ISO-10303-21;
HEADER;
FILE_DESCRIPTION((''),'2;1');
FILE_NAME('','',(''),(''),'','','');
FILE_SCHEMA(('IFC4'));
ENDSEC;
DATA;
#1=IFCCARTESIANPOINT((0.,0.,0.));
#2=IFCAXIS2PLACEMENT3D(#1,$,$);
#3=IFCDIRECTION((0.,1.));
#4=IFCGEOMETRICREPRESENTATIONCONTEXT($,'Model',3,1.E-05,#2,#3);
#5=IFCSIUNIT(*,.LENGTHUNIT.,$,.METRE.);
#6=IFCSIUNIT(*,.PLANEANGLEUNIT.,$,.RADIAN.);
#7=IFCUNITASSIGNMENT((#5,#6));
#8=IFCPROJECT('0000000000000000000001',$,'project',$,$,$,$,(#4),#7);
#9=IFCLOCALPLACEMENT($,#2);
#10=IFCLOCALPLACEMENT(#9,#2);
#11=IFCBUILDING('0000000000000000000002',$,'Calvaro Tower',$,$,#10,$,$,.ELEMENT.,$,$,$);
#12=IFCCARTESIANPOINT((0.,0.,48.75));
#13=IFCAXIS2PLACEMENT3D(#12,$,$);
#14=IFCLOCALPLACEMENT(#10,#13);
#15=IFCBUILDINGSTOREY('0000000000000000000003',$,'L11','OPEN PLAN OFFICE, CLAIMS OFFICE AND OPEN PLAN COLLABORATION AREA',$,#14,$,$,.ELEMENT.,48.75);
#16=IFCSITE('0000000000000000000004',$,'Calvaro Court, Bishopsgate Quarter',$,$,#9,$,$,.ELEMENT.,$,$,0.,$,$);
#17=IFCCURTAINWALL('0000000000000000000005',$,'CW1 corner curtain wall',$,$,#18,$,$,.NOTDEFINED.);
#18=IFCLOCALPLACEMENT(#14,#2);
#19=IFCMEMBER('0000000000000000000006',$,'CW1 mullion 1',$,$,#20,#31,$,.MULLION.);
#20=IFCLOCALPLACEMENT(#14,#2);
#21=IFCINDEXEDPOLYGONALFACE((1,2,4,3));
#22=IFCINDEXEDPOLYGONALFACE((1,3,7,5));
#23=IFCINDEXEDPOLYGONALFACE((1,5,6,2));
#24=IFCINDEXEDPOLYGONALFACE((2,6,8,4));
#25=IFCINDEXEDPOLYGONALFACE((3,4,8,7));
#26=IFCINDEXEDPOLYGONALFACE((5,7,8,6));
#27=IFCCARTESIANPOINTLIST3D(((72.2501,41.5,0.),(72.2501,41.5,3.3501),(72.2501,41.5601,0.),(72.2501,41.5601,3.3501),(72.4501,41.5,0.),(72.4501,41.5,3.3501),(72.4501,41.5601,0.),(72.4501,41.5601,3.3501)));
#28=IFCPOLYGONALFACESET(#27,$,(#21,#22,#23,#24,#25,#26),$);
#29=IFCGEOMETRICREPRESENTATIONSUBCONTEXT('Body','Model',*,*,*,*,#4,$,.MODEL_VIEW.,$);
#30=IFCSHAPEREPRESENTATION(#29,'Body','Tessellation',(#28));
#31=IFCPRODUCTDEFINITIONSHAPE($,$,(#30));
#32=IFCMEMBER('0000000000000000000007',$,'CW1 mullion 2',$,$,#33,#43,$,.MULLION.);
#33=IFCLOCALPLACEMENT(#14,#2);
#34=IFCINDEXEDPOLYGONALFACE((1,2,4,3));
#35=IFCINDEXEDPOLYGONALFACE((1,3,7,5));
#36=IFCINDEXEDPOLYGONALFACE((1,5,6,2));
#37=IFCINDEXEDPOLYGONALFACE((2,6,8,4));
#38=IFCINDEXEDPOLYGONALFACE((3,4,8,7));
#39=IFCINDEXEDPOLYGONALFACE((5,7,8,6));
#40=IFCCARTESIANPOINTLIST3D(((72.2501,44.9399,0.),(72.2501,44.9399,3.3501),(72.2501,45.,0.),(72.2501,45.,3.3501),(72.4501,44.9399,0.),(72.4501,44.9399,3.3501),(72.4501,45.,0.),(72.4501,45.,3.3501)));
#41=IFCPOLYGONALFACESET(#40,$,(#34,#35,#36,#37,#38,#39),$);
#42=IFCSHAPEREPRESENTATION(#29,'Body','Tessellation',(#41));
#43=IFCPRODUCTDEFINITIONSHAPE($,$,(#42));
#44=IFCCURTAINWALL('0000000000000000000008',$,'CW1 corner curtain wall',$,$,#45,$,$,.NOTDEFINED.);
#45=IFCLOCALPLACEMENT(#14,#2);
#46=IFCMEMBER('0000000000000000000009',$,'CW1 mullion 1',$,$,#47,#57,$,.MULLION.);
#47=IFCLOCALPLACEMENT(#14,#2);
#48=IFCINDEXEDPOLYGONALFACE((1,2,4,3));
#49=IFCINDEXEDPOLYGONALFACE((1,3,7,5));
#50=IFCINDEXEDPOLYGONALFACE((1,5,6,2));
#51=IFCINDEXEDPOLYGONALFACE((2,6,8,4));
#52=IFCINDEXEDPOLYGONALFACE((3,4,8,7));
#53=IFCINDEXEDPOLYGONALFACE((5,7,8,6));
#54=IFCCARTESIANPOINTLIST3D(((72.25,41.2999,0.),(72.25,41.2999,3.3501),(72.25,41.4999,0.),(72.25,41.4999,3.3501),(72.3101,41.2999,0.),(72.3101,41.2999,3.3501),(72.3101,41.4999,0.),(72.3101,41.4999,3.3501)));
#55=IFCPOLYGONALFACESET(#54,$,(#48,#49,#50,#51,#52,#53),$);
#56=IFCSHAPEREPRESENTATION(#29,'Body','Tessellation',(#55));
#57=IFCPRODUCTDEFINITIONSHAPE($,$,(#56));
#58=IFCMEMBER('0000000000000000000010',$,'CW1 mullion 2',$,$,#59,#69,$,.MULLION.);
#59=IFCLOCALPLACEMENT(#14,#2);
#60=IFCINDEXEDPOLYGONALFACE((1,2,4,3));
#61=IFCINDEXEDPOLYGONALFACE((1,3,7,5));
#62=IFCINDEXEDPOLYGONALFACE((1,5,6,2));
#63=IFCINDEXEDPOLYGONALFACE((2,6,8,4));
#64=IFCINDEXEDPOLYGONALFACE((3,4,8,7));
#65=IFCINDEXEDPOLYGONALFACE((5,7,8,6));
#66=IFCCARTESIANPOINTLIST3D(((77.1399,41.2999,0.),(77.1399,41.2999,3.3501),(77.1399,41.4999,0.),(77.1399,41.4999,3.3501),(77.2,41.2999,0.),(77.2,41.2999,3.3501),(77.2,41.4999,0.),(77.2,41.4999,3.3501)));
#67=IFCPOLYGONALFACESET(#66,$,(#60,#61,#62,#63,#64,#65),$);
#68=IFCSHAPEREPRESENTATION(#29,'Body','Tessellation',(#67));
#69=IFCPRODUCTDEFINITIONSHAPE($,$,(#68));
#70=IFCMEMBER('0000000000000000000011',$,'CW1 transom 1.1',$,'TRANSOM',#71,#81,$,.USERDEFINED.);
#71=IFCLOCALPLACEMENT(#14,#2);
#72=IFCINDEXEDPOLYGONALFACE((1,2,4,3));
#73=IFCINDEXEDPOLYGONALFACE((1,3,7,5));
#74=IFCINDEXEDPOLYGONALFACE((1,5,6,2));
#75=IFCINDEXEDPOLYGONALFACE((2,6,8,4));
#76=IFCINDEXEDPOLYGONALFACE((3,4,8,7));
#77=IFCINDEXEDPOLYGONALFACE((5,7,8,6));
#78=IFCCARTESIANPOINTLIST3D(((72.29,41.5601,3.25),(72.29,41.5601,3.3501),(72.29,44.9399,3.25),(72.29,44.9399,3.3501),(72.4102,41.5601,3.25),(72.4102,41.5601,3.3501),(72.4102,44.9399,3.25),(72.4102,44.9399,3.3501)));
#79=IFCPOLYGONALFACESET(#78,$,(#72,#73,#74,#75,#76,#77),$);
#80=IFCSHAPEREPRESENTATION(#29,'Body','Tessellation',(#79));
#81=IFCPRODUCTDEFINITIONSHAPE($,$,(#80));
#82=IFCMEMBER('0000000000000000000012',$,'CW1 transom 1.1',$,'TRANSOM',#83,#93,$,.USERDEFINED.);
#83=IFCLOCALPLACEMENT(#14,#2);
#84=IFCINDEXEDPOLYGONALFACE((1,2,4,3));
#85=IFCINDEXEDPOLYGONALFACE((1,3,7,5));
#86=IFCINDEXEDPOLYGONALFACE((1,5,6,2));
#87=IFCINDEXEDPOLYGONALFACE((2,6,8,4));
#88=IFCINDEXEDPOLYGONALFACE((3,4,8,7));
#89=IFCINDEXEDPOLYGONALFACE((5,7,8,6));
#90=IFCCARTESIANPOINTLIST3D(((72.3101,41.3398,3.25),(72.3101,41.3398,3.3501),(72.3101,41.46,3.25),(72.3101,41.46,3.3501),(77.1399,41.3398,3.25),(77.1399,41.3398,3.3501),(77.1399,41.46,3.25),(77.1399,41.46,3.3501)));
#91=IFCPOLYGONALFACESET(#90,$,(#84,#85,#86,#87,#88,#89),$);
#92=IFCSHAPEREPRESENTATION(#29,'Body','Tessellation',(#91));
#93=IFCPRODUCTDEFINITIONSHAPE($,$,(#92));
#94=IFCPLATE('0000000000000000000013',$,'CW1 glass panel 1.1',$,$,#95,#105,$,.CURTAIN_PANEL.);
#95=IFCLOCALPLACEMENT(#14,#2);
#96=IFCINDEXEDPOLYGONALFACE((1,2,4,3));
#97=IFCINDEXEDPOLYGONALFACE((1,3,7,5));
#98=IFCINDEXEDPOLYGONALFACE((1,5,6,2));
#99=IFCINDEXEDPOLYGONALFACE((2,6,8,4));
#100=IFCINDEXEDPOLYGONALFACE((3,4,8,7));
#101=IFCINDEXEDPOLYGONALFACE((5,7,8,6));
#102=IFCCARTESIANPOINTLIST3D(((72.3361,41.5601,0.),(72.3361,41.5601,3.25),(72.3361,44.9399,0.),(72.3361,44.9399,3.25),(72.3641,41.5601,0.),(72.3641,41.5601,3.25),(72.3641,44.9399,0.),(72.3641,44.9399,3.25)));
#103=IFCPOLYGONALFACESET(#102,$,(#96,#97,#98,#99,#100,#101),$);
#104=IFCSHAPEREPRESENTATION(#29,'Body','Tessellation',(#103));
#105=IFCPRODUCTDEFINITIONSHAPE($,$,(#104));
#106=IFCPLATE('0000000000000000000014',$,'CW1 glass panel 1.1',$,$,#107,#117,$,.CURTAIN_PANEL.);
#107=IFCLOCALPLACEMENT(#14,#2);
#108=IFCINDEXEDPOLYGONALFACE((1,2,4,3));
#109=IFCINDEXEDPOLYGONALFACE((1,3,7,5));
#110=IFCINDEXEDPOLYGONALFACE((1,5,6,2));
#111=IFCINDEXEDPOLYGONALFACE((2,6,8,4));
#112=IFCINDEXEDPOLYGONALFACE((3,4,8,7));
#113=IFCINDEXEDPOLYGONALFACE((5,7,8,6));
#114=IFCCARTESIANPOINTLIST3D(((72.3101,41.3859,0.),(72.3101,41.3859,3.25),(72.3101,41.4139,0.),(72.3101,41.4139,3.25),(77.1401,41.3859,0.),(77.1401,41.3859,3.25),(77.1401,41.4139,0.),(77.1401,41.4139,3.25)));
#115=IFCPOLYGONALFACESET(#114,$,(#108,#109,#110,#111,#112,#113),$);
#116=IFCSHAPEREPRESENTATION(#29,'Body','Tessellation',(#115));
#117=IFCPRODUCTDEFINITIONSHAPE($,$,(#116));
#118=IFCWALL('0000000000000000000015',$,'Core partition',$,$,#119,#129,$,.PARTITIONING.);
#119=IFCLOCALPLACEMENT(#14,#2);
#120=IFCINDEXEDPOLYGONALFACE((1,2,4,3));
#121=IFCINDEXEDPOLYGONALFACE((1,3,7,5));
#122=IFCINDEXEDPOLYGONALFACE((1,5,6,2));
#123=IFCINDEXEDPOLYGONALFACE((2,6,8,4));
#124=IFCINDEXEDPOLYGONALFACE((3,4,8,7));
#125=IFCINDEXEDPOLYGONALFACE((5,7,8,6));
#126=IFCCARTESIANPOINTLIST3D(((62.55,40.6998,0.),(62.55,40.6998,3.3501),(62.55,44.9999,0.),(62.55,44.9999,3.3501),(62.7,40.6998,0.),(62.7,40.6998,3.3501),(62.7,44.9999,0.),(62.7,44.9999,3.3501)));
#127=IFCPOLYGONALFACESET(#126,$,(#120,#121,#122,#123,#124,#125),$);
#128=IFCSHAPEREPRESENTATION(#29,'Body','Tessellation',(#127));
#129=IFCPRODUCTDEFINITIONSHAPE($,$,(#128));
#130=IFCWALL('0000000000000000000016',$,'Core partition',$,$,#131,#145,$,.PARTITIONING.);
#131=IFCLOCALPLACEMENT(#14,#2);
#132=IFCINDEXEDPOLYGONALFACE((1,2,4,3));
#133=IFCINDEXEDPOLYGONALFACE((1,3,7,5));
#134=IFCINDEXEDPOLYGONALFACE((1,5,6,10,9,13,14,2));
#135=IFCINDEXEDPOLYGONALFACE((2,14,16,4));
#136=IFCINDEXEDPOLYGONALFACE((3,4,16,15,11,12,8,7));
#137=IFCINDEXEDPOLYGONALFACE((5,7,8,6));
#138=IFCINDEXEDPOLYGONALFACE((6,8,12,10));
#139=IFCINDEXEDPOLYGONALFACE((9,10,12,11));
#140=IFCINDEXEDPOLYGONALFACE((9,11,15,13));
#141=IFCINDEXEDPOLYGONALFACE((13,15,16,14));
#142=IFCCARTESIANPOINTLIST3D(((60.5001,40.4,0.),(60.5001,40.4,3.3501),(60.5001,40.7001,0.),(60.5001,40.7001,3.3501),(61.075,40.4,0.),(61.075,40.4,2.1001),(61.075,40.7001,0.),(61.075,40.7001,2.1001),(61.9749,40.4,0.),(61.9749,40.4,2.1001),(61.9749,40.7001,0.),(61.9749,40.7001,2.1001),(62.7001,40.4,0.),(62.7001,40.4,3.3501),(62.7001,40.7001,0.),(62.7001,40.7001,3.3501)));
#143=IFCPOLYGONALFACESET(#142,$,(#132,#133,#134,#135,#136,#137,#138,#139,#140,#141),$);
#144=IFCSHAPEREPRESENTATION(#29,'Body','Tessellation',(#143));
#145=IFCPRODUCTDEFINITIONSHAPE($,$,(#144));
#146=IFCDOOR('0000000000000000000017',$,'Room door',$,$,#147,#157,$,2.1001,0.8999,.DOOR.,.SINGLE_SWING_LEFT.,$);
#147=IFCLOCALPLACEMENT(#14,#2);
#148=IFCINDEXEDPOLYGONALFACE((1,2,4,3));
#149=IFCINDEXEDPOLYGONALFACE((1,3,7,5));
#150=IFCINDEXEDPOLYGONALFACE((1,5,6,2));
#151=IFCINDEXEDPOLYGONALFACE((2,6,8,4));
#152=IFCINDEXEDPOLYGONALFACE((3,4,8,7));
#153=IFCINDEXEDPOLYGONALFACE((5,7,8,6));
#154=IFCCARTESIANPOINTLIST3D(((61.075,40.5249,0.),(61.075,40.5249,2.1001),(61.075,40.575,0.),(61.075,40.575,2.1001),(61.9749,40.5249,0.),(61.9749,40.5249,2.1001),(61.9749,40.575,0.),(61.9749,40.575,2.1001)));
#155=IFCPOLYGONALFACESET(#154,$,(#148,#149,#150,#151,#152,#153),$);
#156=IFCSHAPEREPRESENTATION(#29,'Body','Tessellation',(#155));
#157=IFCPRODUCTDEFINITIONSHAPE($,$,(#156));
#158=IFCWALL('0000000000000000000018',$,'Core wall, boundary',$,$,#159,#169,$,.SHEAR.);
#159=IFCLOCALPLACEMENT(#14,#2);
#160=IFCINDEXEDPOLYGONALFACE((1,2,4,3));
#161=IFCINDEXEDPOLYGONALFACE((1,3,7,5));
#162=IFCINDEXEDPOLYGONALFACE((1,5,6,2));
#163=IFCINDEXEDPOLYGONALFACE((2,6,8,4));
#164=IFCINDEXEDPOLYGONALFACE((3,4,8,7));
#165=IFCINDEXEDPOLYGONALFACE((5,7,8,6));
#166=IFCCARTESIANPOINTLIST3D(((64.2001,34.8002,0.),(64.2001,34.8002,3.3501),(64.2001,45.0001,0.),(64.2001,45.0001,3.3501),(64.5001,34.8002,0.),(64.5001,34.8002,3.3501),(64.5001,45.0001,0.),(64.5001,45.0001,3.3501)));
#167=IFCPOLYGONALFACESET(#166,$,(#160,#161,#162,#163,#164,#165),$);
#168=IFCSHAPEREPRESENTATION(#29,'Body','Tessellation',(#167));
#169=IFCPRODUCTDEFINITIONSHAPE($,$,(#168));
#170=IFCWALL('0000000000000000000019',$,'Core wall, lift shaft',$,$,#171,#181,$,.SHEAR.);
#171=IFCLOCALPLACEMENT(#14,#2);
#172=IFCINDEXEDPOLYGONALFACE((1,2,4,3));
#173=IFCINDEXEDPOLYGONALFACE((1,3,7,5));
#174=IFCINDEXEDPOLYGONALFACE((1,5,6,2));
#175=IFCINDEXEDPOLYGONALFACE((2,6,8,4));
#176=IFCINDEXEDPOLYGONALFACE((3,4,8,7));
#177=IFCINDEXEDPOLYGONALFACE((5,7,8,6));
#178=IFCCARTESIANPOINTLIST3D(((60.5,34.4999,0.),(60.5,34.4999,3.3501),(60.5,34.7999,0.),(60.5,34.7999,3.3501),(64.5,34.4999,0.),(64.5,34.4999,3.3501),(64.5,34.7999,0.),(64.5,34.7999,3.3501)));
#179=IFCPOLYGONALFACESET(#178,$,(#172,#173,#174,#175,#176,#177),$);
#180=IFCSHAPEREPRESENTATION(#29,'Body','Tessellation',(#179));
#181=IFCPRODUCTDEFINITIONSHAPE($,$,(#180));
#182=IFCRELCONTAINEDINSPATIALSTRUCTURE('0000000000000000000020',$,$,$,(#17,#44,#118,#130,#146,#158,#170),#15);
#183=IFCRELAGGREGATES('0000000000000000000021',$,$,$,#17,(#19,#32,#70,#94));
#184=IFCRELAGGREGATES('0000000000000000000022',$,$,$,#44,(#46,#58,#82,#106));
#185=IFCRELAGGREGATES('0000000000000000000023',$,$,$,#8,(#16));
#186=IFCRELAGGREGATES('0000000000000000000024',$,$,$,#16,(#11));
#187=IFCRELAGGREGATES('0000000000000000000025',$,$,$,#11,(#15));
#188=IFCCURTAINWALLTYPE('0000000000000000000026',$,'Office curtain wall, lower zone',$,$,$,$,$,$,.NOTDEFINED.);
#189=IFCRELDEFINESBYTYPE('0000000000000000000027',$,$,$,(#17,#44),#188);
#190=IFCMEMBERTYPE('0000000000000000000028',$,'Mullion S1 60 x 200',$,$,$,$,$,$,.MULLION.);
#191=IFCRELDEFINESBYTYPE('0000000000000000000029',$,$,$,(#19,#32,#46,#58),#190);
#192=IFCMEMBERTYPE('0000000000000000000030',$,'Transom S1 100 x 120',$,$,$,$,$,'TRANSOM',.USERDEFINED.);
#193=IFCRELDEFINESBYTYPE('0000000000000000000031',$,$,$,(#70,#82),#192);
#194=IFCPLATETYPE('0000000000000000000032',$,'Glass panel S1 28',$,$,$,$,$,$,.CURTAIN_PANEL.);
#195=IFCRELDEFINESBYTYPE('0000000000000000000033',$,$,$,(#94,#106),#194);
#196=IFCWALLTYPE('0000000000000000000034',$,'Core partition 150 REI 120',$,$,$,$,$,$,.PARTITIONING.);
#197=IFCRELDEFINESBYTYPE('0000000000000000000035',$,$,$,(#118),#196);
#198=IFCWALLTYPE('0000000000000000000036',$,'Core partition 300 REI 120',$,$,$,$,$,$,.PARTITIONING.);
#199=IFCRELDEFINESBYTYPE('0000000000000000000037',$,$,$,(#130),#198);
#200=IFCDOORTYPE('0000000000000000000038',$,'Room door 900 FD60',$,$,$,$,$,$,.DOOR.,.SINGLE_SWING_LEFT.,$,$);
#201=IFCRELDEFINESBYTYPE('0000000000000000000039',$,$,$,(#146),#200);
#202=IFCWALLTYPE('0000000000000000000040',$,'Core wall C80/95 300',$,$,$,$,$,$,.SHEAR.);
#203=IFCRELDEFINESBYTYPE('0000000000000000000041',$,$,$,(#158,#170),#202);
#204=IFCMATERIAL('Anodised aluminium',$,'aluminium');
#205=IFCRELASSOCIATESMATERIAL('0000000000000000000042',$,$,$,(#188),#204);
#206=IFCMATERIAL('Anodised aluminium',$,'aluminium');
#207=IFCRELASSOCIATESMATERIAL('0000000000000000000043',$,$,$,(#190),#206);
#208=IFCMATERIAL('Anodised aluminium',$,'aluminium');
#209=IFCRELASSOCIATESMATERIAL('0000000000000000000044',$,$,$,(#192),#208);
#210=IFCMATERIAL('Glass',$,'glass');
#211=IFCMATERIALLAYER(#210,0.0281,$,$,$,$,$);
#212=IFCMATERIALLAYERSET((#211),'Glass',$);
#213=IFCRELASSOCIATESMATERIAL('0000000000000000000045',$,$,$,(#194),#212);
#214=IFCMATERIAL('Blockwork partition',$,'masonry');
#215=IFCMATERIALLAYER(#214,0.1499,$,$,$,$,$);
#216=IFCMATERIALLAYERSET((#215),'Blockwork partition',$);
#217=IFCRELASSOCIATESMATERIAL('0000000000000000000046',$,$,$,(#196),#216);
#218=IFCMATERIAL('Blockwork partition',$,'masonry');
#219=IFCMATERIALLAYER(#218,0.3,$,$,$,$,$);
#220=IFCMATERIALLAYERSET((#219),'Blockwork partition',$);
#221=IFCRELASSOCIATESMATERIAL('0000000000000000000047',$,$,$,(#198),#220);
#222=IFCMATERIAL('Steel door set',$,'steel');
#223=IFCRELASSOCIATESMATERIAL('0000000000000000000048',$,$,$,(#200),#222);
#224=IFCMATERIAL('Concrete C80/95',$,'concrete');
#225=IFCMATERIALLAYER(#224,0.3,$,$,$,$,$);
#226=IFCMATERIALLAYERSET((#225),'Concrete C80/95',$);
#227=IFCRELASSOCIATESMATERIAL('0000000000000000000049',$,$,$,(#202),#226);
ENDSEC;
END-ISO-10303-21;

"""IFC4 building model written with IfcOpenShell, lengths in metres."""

from ifc_helpers import new_model, si_unit, direction, frame, frame_2d, origin, origin_2d, place, context, subcontext, project, spatial, rectangle, extrude, material, layer, layer_set, material_profile, profile_set, type_object, element, fill, aggregate, save


model = new_model("IFC4")

# Units and contexts
model_context = context("Model", 3, precision=1e-05, world=origin(), true_north=direction((0.0, 1.0)))
body_context = subcontext(model_context, "Body", "Model", "MODEL_VIEW")
ifc_project = project(units=[si_unit("LENGTHUNIT", "METRE"), si_unit("PLANEANGLEUNIT", "RADIAN")], contexts=[model_context])

# Site, building, storey
site_placement = place(None, origin())
site = spatial("IfcSite", under=ifc_project, at=site_placement, Name="Calvaro Court, Bishopsgate Quarter", CompositionType="ELEMENT", RefElevation=0.0)
building_placement = place(site_placement, origin())
building = spatial("IfcBuilding", under=site, at=building_placement, Name="Calvaro Tower", CompositionType="ELEMENT")
storey_placement = place(building_placement, frame((0.0, 0.0, 48.75)))
storey = spatial("IfcBuildingStorey", under=building, at=storey_placement, Name="L11", Description="OPEN PLAN OFFICE, CLAIMS OFFICE AND OPEN PLAN COLLABORATION AREA", CompositionType="ELEMENT", Elevation=48.75)

# Curtain walls, members
ifc_material_1 = material(Name="Anodised aluminium", Category="aluminium")
curtain_wall_type = type_object("IfcCurtainWallType", Name="Office curtain wall, lower zone", PredefinedType="NOTDEFINED", material=ifc_material_1)
curtain_wall_1_placement = place(storey_placement, origin())
curtain_wall_1 = element("IfcCurtainWall", 1, at=curtain_wall_1_placement, inside=storey, type_object=curtain_wall_type, Name="CW1 corner curtain wall", PredefinedType="NOTDEFINED")
ifc_material_2 = material(Name="Anodised aluminium", Category="aluminium")
ifc_material_profile_1 = material_profile(ifc_material_2, rectangle(XDim=0.2, YDim=0.0601, at=origin_2d()), Name="Mullion S1 60 x 200")
ifc_profile_set_1 = profile_set([ifc_material_profile_1], Name="Anodised aluminium")
member_type_1 = type_object("IfcMemberType", Name="Mullion S1 60 x 200", PredefinedType="MULLION", material=ifc_profile_set_1)
member_1_placement = place(storey_placement, frame((72.3501, 41.53, 0.0), z_axis=(0.0, 0.0, 1.0), x_axis=(-1.0, 0.0, 0.0)))
member_1 = element("IfcMember", 2, at=member_1_placement, type_object=member_type_1, Name="CW1 mullion 1", PredefinedType="MULLION", context=body_context, shape_type="SweptSolid", body=[
    extrude(rectangle(XDim=0.2, YDim=0.0601, at=origin_2d()), origin(), (0.0, 0.0, 1.0), 3.3501),
])
member_2_placement = place(storey_placement, frame((72.3501, 44.97, 0.0), z_axis=(0.0, 0.0, 1.0), x_axis=(-1.0, 0.0, 0.0)))
member_2 = element("IfcMember", 3, at=member_2_placement, type_object=member_type_1, Name="CW1 mullion 2", PredefinedType="MULLION", context=body_context, shape_type="SweptSolid", body=[
    extrude(rectangle(XDim=0.2, YDim=0.0601, at=origin_2d()), origin(), (0.0, 0.0, 1.0), 3.3501),
])
curtain_wall_2_placement = place(storey_placement, origin())
curtain_wall_2 = element("IfcCurtainWall", 4, at=curtain_wall_2_placement, inside=storey, type_object=curtain_wall_type, Name="CW1 corner curtain wall", PredefinedType="NOTDEFINED")
member_3_placement = place(storey_placement, frame((72.28, 41.3999, 0.0), z_axis=(0.0, 0.0, 1.0), x_axis=(0.0, 1.0, 0.0)))
member_3 = element("IfcMember", 5, at=member_3_placement, type_object=member_type_1, Name="CW1 mullion 1", PredefinedType="MULLION", context=body_context, shape_type="SweptSolid", body=[
    extrude(rectangle(XDim=0.2, YDim=0.0601, at=origin_2d()), origin(), (0.0, 0.0, 1.0), 3.3501),
])
member_4_placement = place(storey_placement, frame((77.1699, 41.3999, 0.0), z_axis=(0.0, 0.0, 1.0), x_axis=(0.0, 1.0, 0.0)))
member_4 = element("IfcMember", 6, at=member_4_placement, type_object=member_type_1, Name="CW1 mullion 2", PredefinedType="MULLION", context=body_context, shape_type="SweptSolid", body=[
    extrude(rectangle(XDim=0.2, YDim=0.0601, at=origin_2d()), origin(), (0.0, 0.0, 1.0), 3.3501),
])

# Members
ifc_material_3 = material(Name="Anodised aluminium", Category="aluminium")
ifc_material_profile_2 = material_profile(ifc_material_3, rectangle(XDim=0.1201, YDim=0.1001, at=origin_2d()), Name="Transom S1 100 x 120")
ifc_profile_set_2 = profile_set([ifc_material_profile_2], Name="Anodised aluminium")
member_type_2 = type_object("IfcMemberType", Name="Transom S1 100 x 120", ElementType="TRANSOM", PredefinedType="USERDEFINED", material=ifc_profile_set_2)
member_5_placement = place(storey_placement, frame((72.3501, 41.5601, 3.3), z_axis=(0.0, 1.0, 0.0), x_axis=(-1.0, 0.0, 0.0)))
member_5 = element("IfcMember", 7, at=member_5_placement, type_object=member_type_2, Name="CW1 transom 1.1", ObjectType="TRANSOM", PredefinedType="USERDEFINED", context=body_context, shape_type="SweptSolid", body=[
    extrude(rectangle(XDim=0.1201, YDim=0.1001, at=origin_2d()), origin(), (0.0, 0.0, 1.0), 3.3799),
])
member_6_placement = place(storey_placement, frame((72.3101, 41.3999, 3.3), z_axis=(1.0, 0.0, 0.0), x_axis=(0.0, 1.0, 0.0)))
member_6 = element("IfcMember", 8, at=member_6_placement, type_object=member_type_2, Name="CW1 transom 1.1", ObjectType="TRANSOM", PredefinedType="USERDEFINED", context=body_context, shape_type="SweptSolid", body=[
    extrude(rectangle(XDim=0.1201, YDim=0.1001, at=origin_2d()), origin(), (0.0, 0.0, 1.0), 4.8298),
])

# Plates
ifc_material_4 = material(Name="Glass", Category="glass")
ifc_layer_1 = layer(ifc_material_4, 0.0281)
ifc_layer_set_1 = layer_set([ifc_layer_1], Name="Glass")
plate_type = type_object("IfcPlateType", Name="Glass panel S1 28", PredefinedType="CURTAIN_PANEL", material=ifc_layer_set_1)
plate_1_placement = place(storey_placement, frame((72.3501, 43.25, 0.0), z_axis=(0.0, 0.0, 1.0), x_axis=(0.0, 1.0, 0.0)))
plate_1 = element("IfcPlate", 9, at=plate_1_placement, type_object=plate_type, Name="CW1 glass panel 1.1", PredefinedType="CURTAIN_PANEL", context=body_context, shape_type="SweptSolid", body=[
    extrude(rectangle(XDim=3.3799, YDim=0.0281, at=origin_2d()), origin(), (0.0, 0.0, 1.0), 3.25),
])
aggregate(curtain_wall_1, [member_1, member_2, member_5, plate_1])
plate_2_placement = place(storey_placement, frame((74.7251, 41.3999, 0.0), z_axis=(0.0, 0.0, 1.0), x_axis=(1.0, 0.0, 0.0)))
plate_2 = element("IfcPlate", 10, at=plate_2_placement, type_object=plate_type, Name="CW1 glass panel 1.1", PredefinedType="CURTAIN_PANEL", context=body_context, shape_type="SweptSolid", body=[
    extrude(rectangle(XDim=4.8301, YDim=0.0281, at=origin_2d()), origin(), (0.0, 0.0, 1.0), 3.25),
])
aggregate(curtain_wall_2, [member_3, member_4, member_6, plate_2])

# Wall
ifc_material_5 = material(Name="Blockwork partition", Category="masonry")
ifc_layer_2 = layer(ifc_material_5, 0.1499)
ifc_layer_set_2 = layer_set([ifc_layer_2], Name="Blockwork partition")
wall_type_1 = type_object("IfcWallType", Name="Core partition 150 REI 120", PredefinedType="PARTITIONING", material=ifc_layer_set_2)
wall_1_placement = place(storey_placement, frame((62.625, 40.7, 0.0), z_axis=(0.0, 0.0, 1.0), x_axis=(0.0, 1.0, 0.0)))
element("IfcWall", 11, at=wall_1_placement, inside=storey, type_object=wall_type_1, Name="Core partition", PredefinedType="PARTITIONING", context=body_context, shape_type="SweptSolid", body=[
    extrude(rectangle(XDim=4.3, YDim=0.1499, at=frame_2d((2.1499, 0.0))), origin(), (0.0, 0.0, 1.0), 3.3501),
])

# Wall, opening, door
ifc_material_6 = material(Name="Blockwork partition", Category="masonry")
ifc_layer_3 = layer(ifc_material_6, 0.3)
ifc_layer_set_3 = layer_set([ifc_layer_3], Name="Blockwork partition")
wall_type_2 = type_object("IfcWallType", Name="Core partition 300 REI 120", PredefinedType="PARTITIONING", material=ifc_layer_set_3)
wall_2_placement = place(storey_placement, frame((60.5, 40.55, 0.0), z_axis=(0.0, 0.0, 1.0), x_axis=(1.0, 0.0, 0.0)))
wall_2 = element("IfcWall", 12, at=wall_2_placement, inside=storey, type_object=wall_type_2, Name="Core partition", PredefinedType="PARTITIONING", context=body_context, shape_type="SweptSolid", body=[
    extrude(rectangle(XDim=2.2, YDim=0.3, at=frame_2d((1.1001, 0.0))), origin(), (0.0, 0.0, 1.0), 3.3501),
])
opening_1_placement = place(wall_2_placement, frame((0.575, 0.0, 0.0)))
opening_1 = element("IfcOpeningElement", 13, at=opening_1_placement, cuts=wall_2, PredefinedType="OPENING", context=body_context, shape_type="SweptSolid", body=[
    extrude(rectangle(XDim=0.8999, YDim=2.1001, at=frame_2d((0.45, 1.05))), frame((0.0, 0.1599, 0.0), z_axis=(0.0, -1.0, 0.0), x_axis=(1.0, 0.0, 0.0)), (0.0, 0.0, 1.0), 0.3201),
])
ifc_material_7 = material(Name="Steel door set", Category="steel")
door_type_1 = type_object("IfcDoorType", Name="Room door 900 FD60", OperationType="SINGLE_SWING_LEFT", PredefinedType="DOOR", material=ifc_material_7)
door_1_placement = place(opening_1_placement, origin())
door_1 = element("IfcDoor", 14, at=door_1_placement, inside=storey, type_object=door_type_1, Name="Room door", OperationType="SINGLE_SWING_LEFT", OverallHeight=2.1001, OverallWidth=0.8999, PredefinedType="DOOR", context=body_context, shape_type="SweptSolid", body=[
    extrude(rectangle(XDim=0.8999, YDim=2.1001, at=frame_2d((0.45, 1.05))), frame((0.0, 0.0249, 0.0), z_axis=(0.0, -1.0, 0.0), x_axis=(1.0, 0.0, 0.0)), (0.0, 0.0, 1.0), 0.05),
])
fill(opening_1, door_1)

# Walls
ifc_material_8 = material(Name="Concrete C80/95", Category="concrete")
ifc_layer_4 = layer(ifc_material_8, 0.3)
ifc_layer_set_4 = layer_set([ifc_layer_4], Name="Concrete C80/95")
wall_type_3 = type_object("IfcWallType", Name="Core wall C80/95 300", PredefinedType="SHEAR", material=ifc_layer_set_4)
wall_3_placement = place(storey_placement, frame((64.3501, 34.8, 0.0), z_axis=(0.0, 0.0, 1.0), x_axis=(0.0, 1.0, 0.0)))
element("IfcWall", 15, at=wall_3_placement, inside=storey, type_object=wall_type_3, Name="Core wall, boundary", PredefinedType="SHEAR", context=body_context, shape_type="SweptSolid", body=[
    extrude(rectangle(XDim=10.2, YDim=0.3, at=frame_2d((5.1001, 0.0))), origin(), (0.0, 0.0, 1.0), 3.3501),
])
wall_4_placement = place(storey_placement, frame((60.5, 34.6499, 0.0), z_axis=(0.0, 0.0, 1.0), x_axis=(1.0, 0.0, 0.0)))
element("IfcWall", 16, at=wall_4_placement, inside=storey, type_object=wall_type_3, Name="Core wall, lift shaft", PredefinedType="SHEAR", context=body_context, shape_type="SweptSolid", body=[
    extrude(rectangle(XDim=4.0, YDim=0.3, at=frame_2d((2.0, 0.0))), origin(), (0.0, 0.0, 1.0), 3.3501),
])

save(model, "model.ifc")
